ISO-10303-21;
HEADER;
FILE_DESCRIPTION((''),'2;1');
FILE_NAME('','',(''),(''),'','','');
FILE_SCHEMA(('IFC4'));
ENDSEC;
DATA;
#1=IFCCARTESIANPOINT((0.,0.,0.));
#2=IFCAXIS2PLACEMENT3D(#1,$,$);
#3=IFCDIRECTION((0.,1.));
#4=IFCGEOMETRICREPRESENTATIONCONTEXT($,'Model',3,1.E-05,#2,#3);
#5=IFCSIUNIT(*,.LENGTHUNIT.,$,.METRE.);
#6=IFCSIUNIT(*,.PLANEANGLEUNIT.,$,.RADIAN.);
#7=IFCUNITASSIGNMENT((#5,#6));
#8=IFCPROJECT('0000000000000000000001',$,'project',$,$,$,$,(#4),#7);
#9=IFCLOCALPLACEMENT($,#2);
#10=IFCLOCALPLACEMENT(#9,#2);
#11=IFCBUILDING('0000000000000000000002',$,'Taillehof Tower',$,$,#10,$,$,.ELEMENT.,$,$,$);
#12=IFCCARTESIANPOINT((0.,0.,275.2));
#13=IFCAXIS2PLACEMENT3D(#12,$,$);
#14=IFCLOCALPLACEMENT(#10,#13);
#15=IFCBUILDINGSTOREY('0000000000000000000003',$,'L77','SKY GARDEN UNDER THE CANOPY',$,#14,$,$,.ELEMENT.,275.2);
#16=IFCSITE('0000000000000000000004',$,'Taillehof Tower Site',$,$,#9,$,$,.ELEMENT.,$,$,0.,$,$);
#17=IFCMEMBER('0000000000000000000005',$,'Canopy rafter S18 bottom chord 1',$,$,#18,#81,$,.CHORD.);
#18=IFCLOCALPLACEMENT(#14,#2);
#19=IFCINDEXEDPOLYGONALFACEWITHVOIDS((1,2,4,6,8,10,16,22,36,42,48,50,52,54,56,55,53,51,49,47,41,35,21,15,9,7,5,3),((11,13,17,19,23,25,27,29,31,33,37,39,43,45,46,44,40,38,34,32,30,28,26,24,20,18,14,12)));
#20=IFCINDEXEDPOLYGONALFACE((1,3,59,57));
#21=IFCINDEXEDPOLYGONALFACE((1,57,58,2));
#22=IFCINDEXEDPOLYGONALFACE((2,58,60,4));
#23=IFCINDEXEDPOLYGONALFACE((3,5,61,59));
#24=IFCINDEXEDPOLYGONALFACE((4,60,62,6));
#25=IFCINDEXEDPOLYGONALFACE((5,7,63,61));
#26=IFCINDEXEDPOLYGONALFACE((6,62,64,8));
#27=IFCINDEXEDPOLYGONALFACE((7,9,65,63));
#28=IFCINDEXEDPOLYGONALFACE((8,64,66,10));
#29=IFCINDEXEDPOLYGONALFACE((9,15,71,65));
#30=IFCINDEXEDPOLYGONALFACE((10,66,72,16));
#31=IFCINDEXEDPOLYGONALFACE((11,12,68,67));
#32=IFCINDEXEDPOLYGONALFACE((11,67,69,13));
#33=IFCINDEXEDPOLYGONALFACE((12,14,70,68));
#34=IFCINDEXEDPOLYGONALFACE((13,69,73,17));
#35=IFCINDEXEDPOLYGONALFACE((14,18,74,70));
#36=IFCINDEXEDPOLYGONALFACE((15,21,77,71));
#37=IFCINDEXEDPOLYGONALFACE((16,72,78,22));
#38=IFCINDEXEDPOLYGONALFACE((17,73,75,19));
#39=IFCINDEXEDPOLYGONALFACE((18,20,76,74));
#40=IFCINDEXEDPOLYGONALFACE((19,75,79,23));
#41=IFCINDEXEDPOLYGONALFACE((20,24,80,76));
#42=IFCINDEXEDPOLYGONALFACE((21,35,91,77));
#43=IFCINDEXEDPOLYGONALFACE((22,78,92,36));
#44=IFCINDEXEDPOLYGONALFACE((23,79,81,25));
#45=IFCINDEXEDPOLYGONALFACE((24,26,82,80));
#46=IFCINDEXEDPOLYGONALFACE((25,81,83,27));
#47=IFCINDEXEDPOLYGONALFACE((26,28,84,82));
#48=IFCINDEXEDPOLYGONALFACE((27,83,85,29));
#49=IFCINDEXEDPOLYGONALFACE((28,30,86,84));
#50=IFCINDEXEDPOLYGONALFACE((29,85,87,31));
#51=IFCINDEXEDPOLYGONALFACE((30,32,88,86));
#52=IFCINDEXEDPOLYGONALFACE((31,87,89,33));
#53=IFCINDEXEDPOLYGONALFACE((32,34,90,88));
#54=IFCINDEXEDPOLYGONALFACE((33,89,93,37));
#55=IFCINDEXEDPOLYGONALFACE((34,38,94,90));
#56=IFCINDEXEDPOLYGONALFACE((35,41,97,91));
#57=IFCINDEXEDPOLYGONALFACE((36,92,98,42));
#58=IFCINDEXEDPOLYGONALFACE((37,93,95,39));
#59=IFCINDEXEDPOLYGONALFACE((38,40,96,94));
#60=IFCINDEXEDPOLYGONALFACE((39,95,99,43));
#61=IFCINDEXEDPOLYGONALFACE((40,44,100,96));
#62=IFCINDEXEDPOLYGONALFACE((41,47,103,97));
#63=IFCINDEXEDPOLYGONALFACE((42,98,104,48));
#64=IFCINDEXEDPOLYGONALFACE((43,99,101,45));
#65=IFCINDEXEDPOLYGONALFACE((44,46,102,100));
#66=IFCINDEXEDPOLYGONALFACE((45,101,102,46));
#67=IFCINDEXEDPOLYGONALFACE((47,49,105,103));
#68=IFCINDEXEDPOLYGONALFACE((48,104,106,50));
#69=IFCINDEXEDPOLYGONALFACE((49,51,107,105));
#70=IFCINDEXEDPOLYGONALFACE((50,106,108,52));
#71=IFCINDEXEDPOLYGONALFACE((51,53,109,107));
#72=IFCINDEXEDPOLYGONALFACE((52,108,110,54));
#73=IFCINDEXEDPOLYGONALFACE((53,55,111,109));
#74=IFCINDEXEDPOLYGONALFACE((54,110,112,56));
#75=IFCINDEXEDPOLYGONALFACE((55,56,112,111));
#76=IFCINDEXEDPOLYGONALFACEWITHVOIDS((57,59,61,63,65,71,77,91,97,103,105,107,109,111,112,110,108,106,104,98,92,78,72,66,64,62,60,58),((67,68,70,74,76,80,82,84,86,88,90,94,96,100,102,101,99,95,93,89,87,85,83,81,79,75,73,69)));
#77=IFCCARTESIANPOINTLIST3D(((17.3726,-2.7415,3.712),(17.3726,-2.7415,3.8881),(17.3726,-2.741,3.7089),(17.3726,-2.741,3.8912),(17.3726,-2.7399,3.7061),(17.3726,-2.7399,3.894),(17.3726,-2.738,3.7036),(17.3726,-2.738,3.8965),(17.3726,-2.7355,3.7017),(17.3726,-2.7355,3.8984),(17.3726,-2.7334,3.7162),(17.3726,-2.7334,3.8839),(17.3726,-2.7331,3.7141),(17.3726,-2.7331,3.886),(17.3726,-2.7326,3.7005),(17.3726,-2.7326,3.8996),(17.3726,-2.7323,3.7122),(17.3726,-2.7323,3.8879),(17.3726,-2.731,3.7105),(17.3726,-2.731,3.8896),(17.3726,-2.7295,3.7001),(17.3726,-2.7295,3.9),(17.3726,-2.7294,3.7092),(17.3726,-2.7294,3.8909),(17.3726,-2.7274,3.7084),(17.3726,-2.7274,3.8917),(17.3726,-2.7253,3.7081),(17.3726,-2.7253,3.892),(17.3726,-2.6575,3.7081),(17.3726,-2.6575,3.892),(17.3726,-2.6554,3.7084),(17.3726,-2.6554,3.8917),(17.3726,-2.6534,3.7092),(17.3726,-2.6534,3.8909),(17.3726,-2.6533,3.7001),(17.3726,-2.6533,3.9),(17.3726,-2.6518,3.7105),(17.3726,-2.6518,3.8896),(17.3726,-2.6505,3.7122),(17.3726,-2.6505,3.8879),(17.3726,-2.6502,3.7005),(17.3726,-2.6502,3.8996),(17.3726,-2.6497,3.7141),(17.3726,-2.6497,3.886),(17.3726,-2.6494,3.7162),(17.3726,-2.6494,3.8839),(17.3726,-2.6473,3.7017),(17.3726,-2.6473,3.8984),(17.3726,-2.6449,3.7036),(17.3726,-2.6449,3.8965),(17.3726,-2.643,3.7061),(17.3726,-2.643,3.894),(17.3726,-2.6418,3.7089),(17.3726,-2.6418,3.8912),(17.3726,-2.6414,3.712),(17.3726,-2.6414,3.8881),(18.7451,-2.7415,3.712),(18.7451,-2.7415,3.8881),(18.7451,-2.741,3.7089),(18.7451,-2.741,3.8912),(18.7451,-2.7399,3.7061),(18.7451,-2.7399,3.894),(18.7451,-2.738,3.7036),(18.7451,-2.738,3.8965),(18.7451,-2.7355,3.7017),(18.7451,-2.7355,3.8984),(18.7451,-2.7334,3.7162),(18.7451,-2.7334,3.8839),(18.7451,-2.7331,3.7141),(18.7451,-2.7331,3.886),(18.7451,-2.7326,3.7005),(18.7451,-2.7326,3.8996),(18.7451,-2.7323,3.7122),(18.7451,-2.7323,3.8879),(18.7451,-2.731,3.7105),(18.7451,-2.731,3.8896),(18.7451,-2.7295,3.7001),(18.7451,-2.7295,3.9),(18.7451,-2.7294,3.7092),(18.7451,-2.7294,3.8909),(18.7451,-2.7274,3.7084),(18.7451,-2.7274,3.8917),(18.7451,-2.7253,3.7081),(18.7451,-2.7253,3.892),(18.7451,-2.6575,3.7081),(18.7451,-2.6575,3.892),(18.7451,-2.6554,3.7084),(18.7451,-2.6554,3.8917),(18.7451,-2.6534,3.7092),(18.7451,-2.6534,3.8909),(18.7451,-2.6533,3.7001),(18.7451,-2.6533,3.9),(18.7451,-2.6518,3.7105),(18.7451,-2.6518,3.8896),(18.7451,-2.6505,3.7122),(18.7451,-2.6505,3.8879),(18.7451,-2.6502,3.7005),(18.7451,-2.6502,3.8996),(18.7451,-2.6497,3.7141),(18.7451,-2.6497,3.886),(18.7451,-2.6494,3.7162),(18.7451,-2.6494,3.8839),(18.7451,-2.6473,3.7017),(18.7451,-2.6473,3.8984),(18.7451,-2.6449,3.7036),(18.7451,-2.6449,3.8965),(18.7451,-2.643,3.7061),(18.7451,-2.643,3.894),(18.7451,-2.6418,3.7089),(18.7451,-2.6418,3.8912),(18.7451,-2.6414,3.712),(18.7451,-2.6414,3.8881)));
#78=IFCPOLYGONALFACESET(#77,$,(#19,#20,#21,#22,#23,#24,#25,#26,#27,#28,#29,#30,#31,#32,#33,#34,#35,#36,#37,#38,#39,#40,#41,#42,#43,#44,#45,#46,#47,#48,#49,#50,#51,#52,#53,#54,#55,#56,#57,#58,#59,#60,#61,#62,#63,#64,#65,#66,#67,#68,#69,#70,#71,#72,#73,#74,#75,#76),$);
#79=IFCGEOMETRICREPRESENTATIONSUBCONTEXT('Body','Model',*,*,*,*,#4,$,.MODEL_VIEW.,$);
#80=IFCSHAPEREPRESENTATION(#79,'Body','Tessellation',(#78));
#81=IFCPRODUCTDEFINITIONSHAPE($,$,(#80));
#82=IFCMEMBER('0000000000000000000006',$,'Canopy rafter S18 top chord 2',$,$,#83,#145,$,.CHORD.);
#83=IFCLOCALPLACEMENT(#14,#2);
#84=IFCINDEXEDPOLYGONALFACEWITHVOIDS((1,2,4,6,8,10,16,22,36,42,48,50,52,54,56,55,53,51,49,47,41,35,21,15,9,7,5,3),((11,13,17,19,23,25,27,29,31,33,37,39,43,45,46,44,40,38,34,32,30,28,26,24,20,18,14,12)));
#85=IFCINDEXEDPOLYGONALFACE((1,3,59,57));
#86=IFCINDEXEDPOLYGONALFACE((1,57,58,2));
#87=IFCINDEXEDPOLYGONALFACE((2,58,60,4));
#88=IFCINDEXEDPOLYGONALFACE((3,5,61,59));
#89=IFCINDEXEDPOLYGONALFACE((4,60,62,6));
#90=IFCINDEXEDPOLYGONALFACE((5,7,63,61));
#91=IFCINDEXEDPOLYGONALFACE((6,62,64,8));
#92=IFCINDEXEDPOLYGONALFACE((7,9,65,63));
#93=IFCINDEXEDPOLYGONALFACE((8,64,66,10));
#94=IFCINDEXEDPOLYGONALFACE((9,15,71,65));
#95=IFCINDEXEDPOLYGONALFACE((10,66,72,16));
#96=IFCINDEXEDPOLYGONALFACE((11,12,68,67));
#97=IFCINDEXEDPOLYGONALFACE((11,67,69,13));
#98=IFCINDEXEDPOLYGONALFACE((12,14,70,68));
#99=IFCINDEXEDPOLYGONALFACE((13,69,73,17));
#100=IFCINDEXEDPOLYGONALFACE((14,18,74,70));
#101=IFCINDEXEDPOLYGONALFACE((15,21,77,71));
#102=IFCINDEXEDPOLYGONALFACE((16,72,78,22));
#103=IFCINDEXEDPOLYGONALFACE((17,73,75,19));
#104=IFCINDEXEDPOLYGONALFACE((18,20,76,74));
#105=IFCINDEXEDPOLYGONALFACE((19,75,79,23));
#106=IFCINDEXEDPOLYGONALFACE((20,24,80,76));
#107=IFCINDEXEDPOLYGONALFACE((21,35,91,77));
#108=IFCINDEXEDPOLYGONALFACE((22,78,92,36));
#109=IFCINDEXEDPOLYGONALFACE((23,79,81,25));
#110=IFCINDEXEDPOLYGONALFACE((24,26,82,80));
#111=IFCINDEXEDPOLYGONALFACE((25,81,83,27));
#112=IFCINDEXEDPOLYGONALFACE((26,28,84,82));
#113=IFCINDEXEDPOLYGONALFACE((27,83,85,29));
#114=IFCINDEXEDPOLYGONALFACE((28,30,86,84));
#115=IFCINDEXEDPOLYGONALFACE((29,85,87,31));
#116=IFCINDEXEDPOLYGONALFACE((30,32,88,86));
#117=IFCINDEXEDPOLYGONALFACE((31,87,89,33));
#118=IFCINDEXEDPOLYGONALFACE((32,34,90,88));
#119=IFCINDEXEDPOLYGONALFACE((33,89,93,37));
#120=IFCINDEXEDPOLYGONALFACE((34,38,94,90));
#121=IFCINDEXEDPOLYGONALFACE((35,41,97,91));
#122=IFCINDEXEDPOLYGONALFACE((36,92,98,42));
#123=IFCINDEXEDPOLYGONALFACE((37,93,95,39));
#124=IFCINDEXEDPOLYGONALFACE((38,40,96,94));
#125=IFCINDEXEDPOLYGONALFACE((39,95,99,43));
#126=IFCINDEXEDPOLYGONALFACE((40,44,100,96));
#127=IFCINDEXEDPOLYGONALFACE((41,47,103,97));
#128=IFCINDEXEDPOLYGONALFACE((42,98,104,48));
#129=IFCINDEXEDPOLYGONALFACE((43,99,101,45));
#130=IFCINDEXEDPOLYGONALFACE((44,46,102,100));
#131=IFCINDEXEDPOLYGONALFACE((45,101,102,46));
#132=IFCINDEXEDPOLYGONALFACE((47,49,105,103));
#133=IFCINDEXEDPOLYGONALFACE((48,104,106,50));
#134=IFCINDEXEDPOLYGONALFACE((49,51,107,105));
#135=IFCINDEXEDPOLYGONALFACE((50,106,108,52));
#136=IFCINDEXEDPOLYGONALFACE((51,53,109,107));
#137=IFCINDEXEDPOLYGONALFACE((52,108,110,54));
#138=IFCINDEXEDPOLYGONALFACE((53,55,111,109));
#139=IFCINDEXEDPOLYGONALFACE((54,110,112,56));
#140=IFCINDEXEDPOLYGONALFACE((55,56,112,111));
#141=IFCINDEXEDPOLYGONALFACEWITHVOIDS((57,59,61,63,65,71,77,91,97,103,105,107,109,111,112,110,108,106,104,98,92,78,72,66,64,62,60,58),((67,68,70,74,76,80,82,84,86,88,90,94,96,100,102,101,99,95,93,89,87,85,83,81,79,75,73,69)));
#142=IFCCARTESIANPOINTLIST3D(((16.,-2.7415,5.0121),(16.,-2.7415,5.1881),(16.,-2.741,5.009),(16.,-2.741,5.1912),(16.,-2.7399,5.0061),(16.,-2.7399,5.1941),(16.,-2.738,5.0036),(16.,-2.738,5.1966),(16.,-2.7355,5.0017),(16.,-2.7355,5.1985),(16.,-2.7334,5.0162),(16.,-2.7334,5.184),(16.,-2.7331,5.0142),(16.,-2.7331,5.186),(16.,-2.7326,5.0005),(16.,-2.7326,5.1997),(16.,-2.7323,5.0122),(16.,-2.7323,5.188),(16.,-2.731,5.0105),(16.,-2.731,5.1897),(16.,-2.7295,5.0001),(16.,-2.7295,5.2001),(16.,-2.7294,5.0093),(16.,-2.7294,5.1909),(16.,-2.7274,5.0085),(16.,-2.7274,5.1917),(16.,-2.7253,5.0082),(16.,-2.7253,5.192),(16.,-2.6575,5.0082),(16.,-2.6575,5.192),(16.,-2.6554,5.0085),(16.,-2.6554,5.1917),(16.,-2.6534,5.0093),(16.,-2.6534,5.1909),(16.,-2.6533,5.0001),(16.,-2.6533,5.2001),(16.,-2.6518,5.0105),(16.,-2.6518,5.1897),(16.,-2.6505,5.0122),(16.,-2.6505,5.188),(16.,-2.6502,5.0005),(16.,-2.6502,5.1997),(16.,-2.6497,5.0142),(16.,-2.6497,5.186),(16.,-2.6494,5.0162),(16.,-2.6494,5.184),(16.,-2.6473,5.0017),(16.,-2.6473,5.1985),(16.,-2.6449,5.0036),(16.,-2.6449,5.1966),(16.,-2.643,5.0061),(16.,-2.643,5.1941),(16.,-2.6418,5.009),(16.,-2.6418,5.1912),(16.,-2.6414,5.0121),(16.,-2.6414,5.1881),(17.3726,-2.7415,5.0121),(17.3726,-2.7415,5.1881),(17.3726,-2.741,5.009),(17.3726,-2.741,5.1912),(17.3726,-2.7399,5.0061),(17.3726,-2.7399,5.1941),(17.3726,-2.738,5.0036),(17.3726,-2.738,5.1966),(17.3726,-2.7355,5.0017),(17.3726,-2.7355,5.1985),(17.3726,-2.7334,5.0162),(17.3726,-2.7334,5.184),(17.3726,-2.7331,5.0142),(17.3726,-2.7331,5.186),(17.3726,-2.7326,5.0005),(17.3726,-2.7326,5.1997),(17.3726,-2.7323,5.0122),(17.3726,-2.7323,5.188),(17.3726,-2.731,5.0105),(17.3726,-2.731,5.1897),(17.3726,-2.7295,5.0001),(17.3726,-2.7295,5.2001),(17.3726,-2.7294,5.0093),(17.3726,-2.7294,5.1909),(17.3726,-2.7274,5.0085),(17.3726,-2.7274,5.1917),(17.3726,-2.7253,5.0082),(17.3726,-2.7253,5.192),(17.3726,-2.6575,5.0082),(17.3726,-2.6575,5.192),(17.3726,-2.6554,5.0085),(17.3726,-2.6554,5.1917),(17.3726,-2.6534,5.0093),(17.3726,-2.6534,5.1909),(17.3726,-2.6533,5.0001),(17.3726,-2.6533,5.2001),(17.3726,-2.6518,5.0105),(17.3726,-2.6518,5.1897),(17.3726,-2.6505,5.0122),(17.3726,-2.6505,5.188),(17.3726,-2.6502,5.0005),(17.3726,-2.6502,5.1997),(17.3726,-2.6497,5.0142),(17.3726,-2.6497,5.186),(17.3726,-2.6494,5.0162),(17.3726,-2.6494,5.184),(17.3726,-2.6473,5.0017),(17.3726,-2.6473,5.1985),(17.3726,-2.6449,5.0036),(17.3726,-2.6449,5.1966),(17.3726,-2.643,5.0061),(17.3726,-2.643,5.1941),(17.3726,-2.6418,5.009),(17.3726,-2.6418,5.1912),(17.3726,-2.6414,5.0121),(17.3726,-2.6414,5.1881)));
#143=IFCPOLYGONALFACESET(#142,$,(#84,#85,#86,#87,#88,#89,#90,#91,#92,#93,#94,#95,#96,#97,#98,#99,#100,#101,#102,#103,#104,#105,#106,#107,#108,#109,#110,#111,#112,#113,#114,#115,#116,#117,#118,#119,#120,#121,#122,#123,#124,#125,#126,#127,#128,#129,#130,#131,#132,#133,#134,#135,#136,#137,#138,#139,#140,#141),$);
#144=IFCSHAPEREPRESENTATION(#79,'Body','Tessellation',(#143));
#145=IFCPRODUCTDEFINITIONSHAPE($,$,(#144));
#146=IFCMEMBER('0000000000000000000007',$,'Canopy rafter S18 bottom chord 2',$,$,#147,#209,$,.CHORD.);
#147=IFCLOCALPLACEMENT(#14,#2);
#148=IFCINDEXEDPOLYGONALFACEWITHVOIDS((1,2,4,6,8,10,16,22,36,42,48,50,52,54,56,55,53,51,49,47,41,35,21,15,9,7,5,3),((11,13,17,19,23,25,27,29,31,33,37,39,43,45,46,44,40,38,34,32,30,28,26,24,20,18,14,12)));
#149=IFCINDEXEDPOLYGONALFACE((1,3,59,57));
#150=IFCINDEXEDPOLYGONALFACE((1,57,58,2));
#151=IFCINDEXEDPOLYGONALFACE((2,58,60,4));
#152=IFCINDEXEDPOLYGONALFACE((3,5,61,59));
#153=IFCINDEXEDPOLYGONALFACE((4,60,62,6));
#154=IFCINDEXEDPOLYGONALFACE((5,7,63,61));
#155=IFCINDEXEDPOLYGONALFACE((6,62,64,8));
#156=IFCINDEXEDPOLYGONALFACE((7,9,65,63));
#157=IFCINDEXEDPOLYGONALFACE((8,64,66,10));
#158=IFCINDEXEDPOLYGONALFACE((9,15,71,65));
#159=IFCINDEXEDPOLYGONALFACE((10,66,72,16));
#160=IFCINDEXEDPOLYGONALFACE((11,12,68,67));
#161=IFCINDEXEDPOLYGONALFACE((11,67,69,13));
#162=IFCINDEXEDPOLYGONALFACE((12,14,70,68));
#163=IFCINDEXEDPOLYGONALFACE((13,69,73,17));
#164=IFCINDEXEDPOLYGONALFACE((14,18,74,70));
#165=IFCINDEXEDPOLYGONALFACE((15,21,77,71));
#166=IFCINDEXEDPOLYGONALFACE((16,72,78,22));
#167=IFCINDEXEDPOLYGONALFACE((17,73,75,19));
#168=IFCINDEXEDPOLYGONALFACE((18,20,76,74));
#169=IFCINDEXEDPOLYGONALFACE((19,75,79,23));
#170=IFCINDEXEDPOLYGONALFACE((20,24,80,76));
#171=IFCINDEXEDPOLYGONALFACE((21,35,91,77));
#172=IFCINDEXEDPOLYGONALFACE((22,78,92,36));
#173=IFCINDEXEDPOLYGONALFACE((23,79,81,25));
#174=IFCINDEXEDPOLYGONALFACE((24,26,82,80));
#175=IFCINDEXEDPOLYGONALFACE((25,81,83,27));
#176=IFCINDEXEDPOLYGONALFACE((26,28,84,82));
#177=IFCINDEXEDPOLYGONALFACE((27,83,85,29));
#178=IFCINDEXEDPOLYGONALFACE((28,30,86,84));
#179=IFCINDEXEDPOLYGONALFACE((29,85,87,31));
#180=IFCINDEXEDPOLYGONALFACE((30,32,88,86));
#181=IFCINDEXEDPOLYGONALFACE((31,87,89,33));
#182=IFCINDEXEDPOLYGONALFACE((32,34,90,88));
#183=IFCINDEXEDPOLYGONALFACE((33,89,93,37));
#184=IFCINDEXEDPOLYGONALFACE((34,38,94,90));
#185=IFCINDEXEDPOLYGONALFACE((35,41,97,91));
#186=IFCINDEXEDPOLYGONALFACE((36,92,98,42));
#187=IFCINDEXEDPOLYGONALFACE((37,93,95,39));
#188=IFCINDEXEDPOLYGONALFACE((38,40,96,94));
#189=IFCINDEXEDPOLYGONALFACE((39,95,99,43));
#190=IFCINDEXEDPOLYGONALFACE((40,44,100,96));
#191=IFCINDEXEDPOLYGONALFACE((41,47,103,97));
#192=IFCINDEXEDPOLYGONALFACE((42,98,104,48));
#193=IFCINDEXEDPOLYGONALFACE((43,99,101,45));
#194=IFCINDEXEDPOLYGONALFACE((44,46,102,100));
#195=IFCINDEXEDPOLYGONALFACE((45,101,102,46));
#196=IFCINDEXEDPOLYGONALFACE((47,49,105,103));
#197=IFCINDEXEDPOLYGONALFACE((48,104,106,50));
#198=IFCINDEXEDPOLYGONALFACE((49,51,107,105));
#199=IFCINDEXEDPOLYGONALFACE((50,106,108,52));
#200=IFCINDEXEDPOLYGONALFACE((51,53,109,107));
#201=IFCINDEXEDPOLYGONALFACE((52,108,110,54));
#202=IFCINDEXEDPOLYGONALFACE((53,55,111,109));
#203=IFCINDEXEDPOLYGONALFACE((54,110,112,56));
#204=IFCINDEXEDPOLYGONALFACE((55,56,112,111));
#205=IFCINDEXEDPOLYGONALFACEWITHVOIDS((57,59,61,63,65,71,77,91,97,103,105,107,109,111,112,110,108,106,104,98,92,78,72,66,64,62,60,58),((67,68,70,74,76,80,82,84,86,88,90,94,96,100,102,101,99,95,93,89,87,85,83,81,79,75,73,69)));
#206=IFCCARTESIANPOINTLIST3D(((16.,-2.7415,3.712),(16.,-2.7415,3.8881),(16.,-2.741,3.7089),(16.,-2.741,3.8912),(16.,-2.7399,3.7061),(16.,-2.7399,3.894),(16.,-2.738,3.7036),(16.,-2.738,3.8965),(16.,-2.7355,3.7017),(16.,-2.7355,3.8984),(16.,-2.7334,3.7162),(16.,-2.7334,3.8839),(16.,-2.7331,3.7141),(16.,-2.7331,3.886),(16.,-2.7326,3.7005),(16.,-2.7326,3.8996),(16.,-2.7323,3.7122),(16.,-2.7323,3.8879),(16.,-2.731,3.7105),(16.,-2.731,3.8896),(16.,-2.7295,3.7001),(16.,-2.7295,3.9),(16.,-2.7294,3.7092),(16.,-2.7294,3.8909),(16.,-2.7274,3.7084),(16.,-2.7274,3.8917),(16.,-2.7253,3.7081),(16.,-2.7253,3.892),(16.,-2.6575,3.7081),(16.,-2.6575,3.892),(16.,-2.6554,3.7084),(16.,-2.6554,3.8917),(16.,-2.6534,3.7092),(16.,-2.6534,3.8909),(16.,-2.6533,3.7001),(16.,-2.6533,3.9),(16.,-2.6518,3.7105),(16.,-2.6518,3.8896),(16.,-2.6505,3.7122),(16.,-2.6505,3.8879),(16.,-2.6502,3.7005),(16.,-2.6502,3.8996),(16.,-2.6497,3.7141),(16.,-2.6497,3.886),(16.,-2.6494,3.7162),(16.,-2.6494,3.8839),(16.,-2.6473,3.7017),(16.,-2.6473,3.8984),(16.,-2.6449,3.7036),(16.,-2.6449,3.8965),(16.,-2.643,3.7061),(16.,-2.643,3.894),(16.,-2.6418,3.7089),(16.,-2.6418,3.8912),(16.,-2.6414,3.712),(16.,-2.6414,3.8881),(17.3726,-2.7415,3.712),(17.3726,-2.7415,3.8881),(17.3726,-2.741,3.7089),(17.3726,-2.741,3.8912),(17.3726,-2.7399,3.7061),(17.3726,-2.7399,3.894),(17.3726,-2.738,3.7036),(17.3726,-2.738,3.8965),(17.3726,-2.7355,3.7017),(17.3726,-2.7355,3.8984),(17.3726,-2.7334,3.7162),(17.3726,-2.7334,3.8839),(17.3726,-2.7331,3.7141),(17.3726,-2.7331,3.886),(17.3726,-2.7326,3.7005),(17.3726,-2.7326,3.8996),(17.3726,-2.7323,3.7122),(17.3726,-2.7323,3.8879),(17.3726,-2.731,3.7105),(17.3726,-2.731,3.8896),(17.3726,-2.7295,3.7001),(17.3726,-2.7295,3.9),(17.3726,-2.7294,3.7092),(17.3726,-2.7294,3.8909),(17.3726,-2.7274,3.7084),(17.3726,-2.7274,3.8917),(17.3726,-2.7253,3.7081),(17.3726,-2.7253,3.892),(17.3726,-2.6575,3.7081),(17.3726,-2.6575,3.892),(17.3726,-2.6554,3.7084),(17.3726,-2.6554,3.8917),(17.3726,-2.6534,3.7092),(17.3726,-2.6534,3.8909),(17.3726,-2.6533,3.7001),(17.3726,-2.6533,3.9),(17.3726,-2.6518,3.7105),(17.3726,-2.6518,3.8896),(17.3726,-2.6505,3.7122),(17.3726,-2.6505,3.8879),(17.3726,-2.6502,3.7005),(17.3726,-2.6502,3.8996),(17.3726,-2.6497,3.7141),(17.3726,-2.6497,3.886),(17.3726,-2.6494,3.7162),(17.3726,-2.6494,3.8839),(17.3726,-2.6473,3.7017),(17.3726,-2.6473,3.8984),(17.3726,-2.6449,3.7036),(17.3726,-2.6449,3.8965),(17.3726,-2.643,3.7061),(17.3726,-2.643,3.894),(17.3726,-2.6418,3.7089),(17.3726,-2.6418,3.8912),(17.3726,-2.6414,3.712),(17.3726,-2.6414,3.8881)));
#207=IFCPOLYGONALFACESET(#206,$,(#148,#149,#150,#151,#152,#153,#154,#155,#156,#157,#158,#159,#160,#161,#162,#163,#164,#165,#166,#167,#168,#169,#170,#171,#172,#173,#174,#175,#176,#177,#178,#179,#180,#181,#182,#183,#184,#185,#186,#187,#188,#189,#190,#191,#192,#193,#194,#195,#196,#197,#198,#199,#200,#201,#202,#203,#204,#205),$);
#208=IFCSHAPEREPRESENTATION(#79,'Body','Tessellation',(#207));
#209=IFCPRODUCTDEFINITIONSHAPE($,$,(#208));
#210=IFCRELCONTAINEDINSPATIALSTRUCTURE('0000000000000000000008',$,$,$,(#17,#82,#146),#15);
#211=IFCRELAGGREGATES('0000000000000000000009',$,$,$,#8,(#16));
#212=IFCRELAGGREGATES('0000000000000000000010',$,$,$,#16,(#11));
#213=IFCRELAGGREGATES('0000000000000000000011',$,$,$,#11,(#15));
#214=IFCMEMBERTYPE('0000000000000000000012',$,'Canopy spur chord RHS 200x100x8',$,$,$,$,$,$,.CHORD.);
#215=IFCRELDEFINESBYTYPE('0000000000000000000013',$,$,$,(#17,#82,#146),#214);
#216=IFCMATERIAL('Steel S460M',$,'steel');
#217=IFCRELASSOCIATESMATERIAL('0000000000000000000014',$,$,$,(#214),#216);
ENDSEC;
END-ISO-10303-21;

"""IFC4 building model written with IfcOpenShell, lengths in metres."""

from ifc_helpers import new_model, si_unit, direction, frame, origin, origin_2d, place, context, subcontext, project, spatial, hollow_rectangle, extrude, material, material_profile, profile_set, type_object, element, save


model = new_model("IFC4")

# Units and contexts
model_context = context("Model", 3, precision=1e-05, world=origin(), true_north=direction((0.0, 1.0)))
body_context = subcontext(model_context, "Body", "Model", "MODEL_VIEW")
ifc_project = project(units=[si_unit("LENGTHUNIT", "METRE"), si_unit("PLANEANGLEUNIT", "RADIAN")], contexts=[model_context])

# Site, building, storey
site_placement = place(None, origin())
site = spatial("IfcSite", under=ifc_project, at=site_placement, Name="Taillehof Tower Site", CompositionType="ELEMENT", RefElevation=0.0)
building_placement = place(site_placement, origin())
building = spatial("IfcBuilding", under=site, at=building_placement, Name="Taillehof Tower", CompositionType="ELEMENT")
storey_placement = place(building_placement, frame((0.0, 0.0, 275.2)))
storey = spatial("IfcBuildingStorey", under=building, at=storey_placement, Name="L77", Description="SKY GARDEN UNDER THE CANOPY", CompositionType="ELEMENT", Elevation=275.2)

# Members
ifc_material_1 = material(Name="Steel S460M", Category="steel")
ifc_material_profile_1 = material_profile(ifc_material_1, hollow_rectangle(XDim=0.1001, YDim=0.2, WallThickness=0.0081, InnerFilletRadius=0.0081, OuterFilletRadius=0.012, at=origin_2d()), Name="RHS 200x100x8")
ifc_profile_set_1 = profile_set([ifc_material_profile_1], Name="Steel S460M")
member_type_1 = type_object("IfcMemberType", Name="Canopy spur chord RHS 200x100x8", PredefinedType="CHORD", material=ifc_profile_set_1)
for number, where, z_axis, x_axis, name in (
    (1, (18.7451, -2.6914, 3.8), (-1.0, 0.0, 0.0), (0.0, -1.0, 0.0), "Canopy rafter S18 bottom chord 1"),
    (2, (17.3726, -2.6914, 5.1001), (-1.0, 0.0, 0.0), (0.0, -1.0, 0.0), "Canopy rafter S18 top chord 2"),
    (3, (17.3726, -2.6914, 3.8), (-1.0, 0.0, 0.0), (0.0, -1.0, 0.0), "Canopy rafter S18 bottom chord 2"),
):
    element("IfcMember", number, at=place(storey_placement, frame(where, z_axis=z_axis, x_axis=x_axis)), inside=storey, type_object=member_type_1, Name=name, PredefinedType="CHORD", context=body_context, shape_type="SweptSolid", body=[
        extrude(hollow_rectangle(XDim=0.1001, YDim=0.2, WallThickness=0.0081, InnerFilletRadius=0.0081, OuterFilletRadius=0.012, at=origin_2d()), origin(), (0.0, 0.0, 1.0), 1.3726),
    ])

save(model, "model.ifc")
